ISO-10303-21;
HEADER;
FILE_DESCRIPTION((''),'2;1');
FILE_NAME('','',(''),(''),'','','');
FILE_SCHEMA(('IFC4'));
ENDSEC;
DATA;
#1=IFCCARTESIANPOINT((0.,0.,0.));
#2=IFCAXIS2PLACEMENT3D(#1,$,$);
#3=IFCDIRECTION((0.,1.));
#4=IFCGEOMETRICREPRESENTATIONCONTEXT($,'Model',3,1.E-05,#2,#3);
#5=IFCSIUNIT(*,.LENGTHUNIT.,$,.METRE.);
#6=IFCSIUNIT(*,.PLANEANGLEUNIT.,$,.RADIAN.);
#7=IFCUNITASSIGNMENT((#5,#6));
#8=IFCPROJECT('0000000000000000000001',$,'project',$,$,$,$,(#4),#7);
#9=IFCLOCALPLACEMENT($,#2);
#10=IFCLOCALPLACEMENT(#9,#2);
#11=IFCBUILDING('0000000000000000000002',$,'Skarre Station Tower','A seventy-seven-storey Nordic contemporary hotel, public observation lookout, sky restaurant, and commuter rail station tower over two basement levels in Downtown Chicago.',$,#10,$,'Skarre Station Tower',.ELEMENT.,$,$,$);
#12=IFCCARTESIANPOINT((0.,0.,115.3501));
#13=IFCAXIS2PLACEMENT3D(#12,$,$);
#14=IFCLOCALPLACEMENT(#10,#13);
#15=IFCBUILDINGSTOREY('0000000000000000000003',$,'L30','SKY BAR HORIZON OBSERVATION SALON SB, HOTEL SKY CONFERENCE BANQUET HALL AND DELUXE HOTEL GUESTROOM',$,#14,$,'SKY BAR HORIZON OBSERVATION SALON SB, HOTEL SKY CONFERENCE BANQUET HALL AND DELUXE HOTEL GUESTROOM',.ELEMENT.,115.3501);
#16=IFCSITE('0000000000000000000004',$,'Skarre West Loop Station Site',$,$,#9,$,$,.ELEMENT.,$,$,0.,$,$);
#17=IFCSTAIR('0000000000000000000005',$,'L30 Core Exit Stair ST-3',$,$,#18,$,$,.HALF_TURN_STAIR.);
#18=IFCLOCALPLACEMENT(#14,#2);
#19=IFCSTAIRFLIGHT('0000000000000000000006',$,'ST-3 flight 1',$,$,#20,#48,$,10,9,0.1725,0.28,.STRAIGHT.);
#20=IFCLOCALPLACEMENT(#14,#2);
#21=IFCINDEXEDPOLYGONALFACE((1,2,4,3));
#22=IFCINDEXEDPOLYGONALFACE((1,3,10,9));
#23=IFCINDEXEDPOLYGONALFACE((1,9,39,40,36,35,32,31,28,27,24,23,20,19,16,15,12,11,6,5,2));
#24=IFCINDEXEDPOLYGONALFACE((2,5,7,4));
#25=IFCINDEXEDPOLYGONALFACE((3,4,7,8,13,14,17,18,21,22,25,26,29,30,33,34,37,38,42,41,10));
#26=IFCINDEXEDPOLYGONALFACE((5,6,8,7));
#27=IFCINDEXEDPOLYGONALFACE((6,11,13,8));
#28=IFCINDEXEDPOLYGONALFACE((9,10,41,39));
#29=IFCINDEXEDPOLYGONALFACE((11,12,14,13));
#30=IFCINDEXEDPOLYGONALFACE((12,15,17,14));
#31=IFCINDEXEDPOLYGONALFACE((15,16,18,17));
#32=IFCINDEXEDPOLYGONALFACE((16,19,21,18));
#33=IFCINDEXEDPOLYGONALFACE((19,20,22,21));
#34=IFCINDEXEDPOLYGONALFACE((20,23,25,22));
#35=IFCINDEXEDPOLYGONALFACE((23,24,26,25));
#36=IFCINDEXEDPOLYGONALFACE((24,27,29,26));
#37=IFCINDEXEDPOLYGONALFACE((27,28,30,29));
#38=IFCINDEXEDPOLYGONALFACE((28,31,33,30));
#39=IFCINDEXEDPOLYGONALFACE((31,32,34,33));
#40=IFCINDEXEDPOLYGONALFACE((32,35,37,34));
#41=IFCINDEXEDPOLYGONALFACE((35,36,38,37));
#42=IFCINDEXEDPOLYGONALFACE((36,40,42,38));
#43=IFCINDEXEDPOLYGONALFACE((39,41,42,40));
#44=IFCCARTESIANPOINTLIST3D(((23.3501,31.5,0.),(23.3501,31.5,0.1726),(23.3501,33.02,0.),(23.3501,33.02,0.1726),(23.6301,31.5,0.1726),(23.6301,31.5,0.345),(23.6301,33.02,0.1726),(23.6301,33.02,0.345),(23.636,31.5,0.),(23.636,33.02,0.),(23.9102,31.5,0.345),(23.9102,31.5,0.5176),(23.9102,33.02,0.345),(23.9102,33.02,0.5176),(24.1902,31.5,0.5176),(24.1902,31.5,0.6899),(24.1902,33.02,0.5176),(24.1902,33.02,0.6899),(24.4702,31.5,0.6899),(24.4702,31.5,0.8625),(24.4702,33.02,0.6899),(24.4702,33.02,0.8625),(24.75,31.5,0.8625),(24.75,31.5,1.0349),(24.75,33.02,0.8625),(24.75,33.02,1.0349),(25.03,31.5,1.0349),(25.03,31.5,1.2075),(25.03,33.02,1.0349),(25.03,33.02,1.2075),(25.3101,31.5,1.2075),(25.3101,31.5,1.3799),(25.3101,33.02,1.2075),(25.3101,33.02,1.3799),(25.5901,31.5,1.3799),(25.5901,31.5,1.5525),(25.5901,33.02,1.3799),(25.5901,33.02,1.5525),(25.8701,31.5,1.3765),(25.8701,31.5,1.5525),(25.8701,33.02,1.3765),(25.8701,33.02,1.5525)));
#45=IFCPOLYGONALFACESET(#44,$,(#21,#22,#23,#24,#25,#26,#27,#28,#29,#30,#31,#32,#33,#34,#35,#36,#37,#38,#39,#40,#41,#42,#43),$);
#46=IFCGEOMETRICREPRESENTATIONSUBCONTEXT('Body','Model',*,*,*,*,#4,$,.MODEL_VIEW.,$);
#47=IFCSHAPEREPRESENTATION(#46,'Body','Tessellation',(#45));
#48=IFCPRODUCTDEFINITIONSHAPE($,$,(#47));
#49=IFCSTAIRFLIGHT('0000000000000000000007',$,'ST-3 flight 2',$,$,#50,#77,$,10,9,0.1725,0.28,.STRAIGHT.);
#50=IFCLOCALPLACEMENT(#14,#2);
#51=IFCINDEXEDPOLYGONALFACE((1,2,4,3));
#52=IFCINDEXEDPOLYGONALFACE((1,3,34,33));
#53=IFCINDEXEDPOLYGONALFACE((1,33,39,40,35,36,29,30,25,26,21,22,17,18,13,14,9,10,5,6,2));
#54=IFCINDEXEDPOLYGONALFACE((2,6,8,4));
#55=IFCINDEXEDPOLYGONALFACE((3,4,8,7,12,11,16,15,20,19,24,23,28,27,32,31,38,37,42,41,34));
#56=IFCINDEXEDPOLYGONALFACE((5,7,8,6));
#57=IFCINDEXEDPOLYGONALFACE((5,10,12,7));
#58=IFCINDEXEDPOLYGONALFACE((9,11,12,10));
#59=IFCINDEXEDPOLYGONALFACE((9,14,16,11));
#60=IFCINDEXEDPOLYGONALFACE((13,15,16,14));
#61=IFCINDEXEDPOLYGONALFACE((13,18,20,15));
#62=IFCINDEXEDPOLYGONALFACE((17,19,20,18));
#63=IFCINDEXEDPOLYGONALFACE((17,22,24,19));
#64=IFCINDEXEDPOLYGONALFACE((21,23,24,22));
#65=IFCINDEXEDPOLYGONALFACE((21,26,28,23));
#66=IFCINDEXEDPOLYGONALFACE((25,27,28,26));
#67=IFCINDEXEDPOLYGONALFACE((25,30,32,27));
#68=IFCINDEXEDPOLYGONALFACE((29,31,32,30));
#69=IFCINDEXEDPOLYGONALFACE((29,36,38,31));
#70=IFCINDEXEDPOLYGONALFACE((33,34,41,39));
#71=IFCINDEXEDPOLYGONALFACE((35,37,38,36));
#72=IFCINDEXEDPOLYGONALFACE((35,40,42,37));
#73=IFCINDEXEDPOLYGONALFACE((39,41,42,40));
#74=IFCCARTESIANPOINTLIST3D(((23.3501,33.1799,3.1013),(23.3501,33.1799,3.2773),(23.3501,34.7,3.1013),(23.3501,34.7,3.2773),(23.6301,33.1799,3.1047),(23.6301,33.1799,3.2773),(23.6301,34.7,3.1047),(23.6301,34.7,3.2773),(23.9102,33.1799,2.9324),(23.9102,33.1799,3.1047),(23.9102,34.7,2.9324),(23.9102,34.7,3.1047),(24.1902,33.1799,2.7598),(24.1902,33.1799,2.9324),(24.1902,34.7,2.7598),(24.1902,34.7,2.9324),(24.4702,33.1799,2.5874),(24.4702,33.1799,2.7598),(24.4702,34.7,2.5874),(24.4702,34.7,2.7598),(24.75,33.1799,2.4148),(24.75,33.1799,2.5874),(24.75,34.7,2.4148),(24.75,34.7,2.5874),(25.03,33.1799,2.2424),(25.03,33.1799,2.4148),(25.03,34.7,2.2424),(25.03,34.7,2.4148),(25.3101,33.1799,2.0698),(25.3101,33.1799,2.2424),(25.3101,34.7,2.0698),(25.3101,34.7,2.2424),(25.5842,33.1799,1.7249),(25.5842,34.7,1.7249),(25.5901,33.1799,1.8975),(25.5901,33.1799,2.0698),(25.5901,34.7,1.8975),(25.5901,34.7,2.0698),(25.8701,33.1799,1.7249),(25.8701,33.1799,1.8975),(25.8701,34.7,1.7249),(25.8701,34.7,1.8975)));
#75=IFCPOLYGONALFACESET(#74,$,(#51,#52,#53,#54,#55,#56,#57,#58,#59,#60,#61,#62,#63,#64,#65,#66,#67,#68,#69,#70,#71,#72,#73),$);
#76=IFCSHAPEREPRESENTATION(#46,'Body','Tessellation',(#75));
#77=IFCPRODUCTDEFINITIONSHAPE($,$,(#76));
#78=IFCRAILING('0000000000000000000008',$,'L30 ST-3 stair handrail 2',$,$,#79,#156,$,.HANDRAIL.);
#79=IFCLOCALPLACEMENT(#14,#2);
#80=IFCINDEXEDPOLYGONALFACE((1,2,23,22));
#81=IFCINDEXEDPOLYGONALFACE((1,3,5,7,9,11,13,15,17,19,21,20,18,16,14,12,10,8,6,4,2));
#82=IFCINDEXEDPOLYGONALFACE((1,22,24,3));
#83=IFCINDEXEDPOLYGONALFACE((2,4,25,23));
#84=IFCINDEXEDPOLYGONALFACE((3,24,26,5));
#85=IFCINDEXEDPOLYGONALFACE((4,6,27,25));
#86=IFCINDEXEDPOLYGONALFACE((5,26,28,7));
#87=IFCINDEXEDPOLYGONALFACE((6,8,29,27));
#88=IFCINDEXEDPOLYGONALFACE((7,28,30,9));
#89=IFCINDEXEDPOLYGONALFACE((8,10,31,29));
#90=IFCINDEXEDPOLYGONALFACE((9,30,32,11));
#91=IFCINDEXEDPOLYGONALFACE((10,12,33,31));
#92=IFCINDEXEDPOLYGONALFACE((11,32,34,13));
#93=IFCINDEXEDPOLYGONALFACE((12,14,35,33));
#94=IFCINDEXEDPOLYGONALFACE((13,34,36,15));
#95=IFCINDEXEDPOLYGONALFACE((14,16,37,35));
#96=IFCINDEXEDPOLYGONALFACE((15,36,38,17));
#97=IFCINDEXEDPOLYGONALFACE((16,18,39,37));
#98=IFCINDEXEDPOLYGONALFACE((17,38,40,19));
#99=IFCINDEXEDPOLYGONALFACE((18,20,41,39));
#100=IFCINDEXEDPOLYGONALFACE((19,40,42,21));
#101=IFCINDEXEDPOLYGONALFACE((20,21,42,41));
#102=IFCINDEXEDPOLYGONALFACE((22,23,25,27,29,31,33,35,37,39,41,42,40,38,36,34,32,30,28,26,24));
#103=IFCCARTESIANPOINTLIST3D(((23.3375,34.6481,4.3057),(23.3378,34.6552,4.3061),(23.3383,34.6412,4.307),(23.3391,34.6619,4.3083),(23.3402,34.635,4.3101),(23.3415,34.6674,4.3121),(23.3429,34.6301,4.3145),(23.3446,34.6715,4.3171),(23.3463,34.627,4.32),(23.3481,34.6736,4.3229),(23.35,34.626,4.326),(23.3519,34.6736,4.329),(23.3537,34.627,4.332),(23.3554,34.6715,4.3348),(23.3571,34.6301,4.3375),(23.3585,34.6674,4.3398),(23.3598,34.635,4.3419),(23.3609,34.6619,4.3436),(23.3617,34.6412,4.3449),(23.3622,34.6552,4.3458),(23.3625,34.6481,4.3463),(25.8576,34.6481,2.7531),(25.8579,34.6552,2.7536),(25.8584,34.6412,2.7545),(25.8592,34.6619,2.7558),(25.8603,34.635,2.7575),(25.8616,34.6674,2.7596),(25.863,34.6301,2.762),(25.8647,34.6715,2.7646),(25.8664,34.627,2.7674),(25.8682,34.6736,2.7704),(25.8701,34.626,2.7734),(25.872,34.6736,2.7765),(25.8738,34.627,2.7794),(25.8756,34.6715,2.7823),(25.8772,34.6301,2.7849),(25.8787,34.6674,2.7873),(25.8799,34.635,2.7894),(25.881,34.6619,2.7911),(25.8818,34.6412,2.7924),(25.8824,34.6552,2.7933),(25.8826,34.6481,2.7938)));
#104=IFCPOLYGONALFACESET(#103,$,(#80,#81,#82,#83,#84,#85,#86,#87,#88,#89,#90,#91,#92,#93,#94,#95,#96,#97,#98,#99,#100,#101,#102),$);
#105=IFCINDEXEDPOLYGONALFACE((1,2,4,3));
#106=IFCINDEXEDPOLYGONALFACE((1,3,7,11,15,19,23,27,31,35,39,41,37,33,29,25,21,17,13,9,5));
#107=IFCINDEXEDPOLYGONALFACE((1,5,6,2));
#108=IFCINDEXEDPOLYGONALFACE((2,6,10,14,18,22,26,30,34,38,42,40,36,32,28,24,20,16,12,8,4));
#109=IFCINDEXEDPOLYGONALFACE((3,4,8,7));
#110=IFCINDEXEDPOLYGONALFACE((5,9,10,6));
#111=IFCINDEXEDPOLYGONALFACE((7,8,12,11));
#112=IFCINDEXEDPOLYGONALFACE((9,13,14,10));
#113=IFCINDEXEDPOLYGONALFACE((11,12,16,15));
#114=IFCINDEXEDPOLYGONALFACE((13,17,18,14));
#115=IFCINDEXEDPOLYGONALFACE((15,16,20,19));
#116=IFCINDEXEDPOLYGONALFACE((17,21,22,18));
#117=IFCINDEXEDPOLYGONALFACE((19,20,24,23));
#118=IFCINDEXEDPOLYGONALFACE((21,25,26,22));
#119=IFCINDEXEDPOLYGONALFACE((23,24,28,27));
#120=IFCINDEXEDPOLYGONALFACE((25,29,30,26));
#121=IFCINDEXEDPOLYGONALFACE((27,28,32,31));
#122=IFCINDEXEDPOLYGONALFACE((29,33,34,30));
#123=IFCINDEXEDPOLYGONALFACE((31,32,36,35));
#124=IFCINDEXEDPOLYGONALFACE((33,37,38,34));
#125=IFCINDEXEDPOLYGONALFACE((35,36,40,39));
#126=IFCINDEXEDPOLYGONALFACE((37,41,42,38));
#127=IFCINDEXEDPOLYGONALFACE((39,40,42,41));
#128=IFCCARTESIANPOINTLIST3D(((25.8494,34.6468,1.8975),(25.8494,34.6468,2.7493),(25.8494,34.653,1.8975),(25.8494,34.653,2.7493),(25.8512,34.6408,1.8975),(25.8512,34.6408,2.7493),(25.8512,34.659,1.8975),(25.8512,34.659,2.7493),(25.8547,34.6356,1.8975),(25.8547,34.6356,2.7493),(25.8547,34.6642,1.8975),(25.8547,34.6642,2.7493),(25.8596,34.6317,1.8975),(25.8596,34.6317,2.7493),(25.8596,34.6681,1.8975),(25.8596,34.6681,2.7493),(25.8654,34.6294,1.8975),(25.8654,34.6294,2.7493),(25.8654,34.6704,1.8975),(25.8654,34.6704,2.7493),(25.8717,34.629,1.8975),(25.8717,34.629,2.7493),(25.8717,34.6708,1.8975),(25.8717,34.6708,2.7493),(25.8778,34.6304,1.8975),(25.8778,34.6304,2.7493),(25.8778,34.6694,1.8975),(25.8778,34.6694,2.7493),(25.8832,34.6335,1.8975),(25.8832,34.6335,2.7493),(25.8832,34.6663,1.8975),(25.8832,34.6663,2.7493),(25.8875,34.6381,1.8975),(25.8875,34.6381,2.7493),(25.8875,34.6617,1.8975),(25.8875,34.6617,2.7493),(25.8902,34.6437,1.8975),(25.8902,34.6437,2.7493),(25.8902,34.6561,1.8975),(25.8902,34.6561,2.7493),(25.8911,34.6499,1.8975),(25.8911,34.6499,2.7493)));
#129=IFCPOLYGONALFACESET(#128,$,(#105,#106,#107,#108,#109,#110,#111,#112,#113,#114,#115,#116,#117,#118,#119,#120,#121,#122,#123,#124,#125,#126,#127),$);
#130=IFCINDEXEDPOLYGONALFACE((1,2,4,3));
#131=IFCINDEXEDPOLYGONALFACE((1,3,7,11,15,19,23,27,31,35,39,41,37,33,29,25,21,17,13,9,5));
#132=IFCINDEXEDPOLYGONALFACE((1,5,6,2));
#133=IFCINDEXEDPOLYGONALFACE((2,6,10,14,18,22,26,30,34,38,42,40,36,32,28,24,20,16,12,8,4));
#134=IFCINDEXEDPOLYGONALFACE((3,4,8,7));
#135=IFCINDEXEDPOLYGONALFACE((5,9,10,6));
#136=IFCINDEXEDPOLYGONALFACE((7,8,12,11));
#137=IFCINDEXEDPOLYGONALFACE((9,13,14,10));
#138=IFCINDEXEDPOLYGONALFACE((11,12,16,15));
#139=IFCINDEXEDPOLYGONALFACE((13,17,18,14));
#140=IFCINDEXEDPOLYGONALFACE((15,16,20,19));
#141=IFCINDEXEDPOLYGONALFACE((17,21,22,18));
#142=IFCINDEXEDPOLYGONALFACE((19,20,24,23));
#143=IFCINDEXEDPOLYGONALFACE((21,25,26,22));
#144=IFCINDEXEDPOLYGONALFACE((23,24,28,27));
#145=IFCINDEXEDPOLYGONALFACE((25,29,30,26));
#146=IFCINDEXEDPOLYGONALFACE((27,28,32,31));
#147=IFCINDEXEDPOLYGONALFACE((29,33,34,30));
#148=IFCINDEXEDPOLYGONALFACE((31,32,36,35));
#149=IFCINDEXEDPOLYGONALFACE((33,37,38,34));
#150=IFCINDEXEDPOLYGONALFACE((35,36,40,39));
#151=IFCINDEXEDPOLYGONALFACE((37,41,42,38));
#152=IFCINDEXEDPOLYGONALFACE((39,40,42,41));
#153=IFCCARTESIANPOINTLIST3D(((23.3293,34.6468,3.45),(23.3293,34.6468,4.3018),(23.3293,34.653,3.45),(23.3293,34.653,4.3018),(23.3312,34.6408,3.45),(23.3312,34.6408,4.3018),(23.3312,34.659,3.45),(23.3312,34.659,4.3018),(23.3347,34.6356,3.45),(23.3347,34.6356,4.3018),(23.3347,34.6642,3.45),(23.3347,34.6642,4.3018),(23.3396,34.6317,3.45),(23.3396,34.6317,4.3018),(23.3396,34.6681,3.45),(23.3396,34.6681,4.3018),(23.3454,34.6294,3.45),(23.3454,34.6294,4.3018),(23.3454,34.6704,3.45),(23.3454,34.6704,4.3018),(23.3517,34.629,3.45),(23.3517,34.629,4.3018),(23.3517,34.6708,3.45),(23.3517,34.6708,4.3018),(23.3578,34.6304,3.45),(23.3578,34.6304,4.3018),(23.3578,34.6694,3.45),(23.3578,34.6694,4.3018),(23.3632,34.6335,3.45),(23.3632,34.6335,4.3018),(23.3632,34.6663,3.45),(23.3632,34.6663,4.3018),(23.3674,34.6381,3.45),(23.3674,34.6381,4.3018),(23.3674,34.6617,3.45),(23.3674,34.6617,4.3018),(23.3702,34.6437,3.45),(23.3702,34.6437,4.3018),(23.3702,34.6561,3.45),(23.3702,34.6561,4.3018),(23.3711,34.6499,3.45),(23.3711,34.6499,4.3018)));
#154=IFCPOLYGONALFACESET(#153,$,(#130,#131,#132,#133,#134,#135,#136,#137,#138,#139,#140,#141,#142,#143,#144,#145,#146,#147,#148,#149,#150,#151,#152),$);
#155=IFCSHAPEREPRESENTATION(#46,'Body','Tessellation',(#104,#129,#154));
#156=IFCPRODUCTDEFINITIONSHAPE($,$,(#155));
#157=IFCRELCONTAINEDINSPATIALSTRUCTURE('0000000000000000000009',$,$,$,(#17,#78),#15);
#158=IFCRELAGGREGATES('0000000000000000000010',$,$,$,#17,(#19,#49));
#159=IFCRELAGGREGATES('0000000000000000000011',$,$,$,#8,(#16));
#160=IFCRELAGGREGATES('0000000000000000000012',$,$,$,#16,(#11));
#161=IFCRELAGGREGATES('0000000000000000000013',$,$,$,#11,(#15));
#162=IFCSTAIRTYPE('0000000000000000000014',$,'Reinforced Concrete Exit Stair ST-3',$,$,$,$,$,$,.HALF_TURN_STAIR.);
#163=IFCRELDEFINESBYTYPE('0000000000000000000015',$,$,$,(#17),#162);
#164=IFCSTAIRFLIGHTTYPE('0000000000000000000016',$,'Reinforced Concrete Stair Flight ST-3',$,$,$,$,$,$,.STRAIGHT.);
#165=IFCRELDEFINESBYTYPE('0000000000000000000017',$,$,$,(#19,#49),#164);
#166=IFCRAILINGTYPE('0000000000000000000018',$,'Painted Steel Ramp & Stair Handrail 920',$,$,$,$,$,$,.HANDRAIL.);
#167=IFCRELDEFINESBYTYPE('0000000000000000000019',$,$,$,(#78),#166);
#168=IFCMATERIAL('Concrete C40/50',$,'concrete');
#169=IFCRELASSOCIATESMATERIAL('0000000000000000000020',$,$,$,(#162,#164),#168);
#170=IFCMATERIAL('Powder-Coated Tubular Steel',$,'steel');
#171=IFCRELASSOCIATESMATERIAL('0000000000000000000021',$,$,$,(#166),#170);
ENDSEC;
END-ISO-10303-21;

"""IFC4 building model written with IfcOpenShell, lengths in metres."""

from ifc_helpers import new_model, si_unit, direction, frame, origin, origin_2d, place, context, subcontext, project, spatial, polyline, circle, outline, extrude, material, type_object, element, aggregate, save


model = new_model("IFC4")

# Units and contexts
model_context = context("Model", 3, precision=1e-05, world=origin(), true_north=direction((0.0, 1.0)))
body_context = subcontext(model_context, "Body", "Model", "MODEL_VIEW")
ifc_project = project(units=[si_unit("LENGTHUNIT", "METRE"), si_unit("PLANEANGLEUNIT", "RADIAN")], contexts=[model_context])

# Site, building, storey
site_placement = place(None, origin())
site = spatial("IfcSite", under=ifc_project, at=site_placement, Name="Skarre West Loop Station Site", CompositionType="ELEMENT", RefElevation=0.0)
building_placement = place(site_placement, origin())
building = spatial("IfcBuilding", under=site, at=building_placement, Name="Skarre Station Tower", Description="A seventy-seven-storey Nordic contemporary hotel, public observation lookout, sky restaurant, and commuter rail station tower over two basement levels in Downtown Chicago.", LongName="Skarre Station Tower", CompositionType="ELEMENT")
storey_placement = place(building_placement, frame((0.0, 0.0, 115.3501)))
storey = spatial("IfcBuildingStorey", under=building, at=storey_placement, Name="L30", Description="SKY BAR HORIZON OBSERVATION SALON SB, HOTEL SKY CONFERENCE BANQUET HALL AND DELUXE HOTEL GUESTROOM", LongName="SKY BAR HORIZON OBSERVATION SALON SB, HOTEL SKY CONFERENCE BANQUET HALL AND DELUXE HOTEL GUESTROOM", CompositionType="ELEMENT", Elevation=115.3501)

# Stair, stair flights
ifc_material_1 = material(Name="Concrete C40/50", Category="concrete")
stair_type = type_object("IfcStairType", Name="Reinforced Concrete Exit Stair ST-3", PredefinedType="HALF_TURN_STAIR", material=ifc_material_1)
stair_placement = place(storey_placement, origin())
stair = element("IfcStair", 1, at=stair_placement, inside=storey, type_object=stair_type, Name="L30 Core Exit Stair ST-3", PredefinedType="HALF_TURN_STAIR")
stair_flight_type = type_object("IfcStairFlightType", Name="Reinforced Concrete Stair Flight ST-3", PredefinedType="STRAIGHT", material=ifc_material_1)
stair_flight_1_placement = place(storey_placement, frame((23.3501, 32.26, 0.0), z_axis=(0.0, 0.0, 1.0), x_axis=(1.0, 0.0, 0.0)))
stair_flight_1 = element("IfcStairFlight", 2, at=stair_flight_1_placement, type_object=stair_flight_type, Name="ST-3 flight 1", NumberOfRisers=10, NumberOfTreads=9, PredefinedType="STRAIGHT", RiserHeight=0.1725, TreadLength=0.28, context=body_context, shape_type="SweptSolid", body=[
    extrude(outline(polyline([(0.0, 0.0), (0.0, 0.1726), (0.28, 0.1726), (0.28, 0.345), (0.5601, 0.345), (0.5601, 0.5176), (0.8401, 0.5176), (0.8401, 0.6899), (1.1201, 0.6899), (1.1201, 0.8625), (1.3999, 0.8625), (1.3999, 1.0349), (1.6799, 1.0349), (1.6799, 1.2075), (1.96, 1.2075), (1.96, 1.3799), (2.24, 1.3799), (2.24, 1.5525), (2.52, 1.5525), (2.52, 1.7251), (2.52, 1.3765), (0.2859, 0.0), (0.0, 0.0)])), frame((0.0, 0.76, 0.0), z_axis=(0.0, -1.0, 0.0), x_axis=(1.0, 0.0, 0.0)), (0.0, 0.0, 1.0), 1.52),
])
stair_flight_2_placement = place(storey_placement, frame((25.8701, 33.9399, 1.7249), z_axis=(0.0, 0.0, 1.0), x_axis=(-1.0, 0.0, 0.0)))
stair_flight_2 = element("IfcStairFlight", 3, at=stair_flight_2_placement, type_object=stair_flight_type, Name="ST-3 flight 2", NumberOfRisers=10, NumberOfTreads=9, PredefinedType="STRAIGHT", RiserHeight=0.1725, TreadLength=0.28, context=body_context, shape_type="SweptSolid", body=[
    extrude(outline(polyline([(0.0, 0.0), (0.0, 0.1726), (0.28, 0.1726), (0.28, 0.345), (0.5601, 0.345), (0.5601, 0.5176), (0.8401, 0.5176), (0.8401, 0.6899), (1.1201, 0.6899), (1.1201, 0.8625), (1.3999, 0.8625), (1.3999, 1.0349), (1.6799, 1.0349), (1.6799, 1.2075), (1.96, 1.2075), (1.96, 1.3799), (2.24, 1.3799), (2.24, 1.5525), (2.52, 1.5525), (2.52, 1.7251), (2.52, 1.3765), (0.2859, 0.0), (0.0, 0.0)])), frame((0.0, 0.76, 0.0), z_axis=(0.0, -1.0, 0.0), x_axis=(1.0, 0.0, 0.0)), (0.0, 0.0, 1.0), 1.52),
])
aggregate(stair, [stair_flight_1, stair_flight_2])

# Railing
ifc_material_2 = material(Name="Powder-Coated Tubular Steel", Category="steel")
railing_type_1 = type_object("IfcRailingType", Name="Painted Steel Ramp & Stair Handrail 920", PredefinedType="HANDRAIL", material=ifc_material_2)
railing_1_placement = place(storey_placement, frame((25.8701, 34.6499, 1.8975)))
element("IfcRailing", 4, at=railing_1_placement, inside=storey, type_object=railing_type_1, Name="L30 ST-3 stair handrail 2", PredefinedType="HANDRAIL", context=body_context, shape_type="SweptSolid", body=[
    extrude(circle(Radius=0.0239, at=origin_2d()), frame((0.0, 0.0, 0.876), z_axis=(-0.8514, 0.0, 0.524516), x_axis=(0.0, -1.0, 0.0)), (0.0, 0.0, 1.0), 2.96),
    extrude(circle(Radius=0.021, at=origin_2d()), origin(), (0.0, 0.0, 1.0), 0.8518),
    extrude(circle(Radius=0.021, at=origin_2d()), frame((-2.52, 0.0, 1.5525)), (0.0, 0.0, 1.0), 0.8518),
])

save(model, "model.ifc")
